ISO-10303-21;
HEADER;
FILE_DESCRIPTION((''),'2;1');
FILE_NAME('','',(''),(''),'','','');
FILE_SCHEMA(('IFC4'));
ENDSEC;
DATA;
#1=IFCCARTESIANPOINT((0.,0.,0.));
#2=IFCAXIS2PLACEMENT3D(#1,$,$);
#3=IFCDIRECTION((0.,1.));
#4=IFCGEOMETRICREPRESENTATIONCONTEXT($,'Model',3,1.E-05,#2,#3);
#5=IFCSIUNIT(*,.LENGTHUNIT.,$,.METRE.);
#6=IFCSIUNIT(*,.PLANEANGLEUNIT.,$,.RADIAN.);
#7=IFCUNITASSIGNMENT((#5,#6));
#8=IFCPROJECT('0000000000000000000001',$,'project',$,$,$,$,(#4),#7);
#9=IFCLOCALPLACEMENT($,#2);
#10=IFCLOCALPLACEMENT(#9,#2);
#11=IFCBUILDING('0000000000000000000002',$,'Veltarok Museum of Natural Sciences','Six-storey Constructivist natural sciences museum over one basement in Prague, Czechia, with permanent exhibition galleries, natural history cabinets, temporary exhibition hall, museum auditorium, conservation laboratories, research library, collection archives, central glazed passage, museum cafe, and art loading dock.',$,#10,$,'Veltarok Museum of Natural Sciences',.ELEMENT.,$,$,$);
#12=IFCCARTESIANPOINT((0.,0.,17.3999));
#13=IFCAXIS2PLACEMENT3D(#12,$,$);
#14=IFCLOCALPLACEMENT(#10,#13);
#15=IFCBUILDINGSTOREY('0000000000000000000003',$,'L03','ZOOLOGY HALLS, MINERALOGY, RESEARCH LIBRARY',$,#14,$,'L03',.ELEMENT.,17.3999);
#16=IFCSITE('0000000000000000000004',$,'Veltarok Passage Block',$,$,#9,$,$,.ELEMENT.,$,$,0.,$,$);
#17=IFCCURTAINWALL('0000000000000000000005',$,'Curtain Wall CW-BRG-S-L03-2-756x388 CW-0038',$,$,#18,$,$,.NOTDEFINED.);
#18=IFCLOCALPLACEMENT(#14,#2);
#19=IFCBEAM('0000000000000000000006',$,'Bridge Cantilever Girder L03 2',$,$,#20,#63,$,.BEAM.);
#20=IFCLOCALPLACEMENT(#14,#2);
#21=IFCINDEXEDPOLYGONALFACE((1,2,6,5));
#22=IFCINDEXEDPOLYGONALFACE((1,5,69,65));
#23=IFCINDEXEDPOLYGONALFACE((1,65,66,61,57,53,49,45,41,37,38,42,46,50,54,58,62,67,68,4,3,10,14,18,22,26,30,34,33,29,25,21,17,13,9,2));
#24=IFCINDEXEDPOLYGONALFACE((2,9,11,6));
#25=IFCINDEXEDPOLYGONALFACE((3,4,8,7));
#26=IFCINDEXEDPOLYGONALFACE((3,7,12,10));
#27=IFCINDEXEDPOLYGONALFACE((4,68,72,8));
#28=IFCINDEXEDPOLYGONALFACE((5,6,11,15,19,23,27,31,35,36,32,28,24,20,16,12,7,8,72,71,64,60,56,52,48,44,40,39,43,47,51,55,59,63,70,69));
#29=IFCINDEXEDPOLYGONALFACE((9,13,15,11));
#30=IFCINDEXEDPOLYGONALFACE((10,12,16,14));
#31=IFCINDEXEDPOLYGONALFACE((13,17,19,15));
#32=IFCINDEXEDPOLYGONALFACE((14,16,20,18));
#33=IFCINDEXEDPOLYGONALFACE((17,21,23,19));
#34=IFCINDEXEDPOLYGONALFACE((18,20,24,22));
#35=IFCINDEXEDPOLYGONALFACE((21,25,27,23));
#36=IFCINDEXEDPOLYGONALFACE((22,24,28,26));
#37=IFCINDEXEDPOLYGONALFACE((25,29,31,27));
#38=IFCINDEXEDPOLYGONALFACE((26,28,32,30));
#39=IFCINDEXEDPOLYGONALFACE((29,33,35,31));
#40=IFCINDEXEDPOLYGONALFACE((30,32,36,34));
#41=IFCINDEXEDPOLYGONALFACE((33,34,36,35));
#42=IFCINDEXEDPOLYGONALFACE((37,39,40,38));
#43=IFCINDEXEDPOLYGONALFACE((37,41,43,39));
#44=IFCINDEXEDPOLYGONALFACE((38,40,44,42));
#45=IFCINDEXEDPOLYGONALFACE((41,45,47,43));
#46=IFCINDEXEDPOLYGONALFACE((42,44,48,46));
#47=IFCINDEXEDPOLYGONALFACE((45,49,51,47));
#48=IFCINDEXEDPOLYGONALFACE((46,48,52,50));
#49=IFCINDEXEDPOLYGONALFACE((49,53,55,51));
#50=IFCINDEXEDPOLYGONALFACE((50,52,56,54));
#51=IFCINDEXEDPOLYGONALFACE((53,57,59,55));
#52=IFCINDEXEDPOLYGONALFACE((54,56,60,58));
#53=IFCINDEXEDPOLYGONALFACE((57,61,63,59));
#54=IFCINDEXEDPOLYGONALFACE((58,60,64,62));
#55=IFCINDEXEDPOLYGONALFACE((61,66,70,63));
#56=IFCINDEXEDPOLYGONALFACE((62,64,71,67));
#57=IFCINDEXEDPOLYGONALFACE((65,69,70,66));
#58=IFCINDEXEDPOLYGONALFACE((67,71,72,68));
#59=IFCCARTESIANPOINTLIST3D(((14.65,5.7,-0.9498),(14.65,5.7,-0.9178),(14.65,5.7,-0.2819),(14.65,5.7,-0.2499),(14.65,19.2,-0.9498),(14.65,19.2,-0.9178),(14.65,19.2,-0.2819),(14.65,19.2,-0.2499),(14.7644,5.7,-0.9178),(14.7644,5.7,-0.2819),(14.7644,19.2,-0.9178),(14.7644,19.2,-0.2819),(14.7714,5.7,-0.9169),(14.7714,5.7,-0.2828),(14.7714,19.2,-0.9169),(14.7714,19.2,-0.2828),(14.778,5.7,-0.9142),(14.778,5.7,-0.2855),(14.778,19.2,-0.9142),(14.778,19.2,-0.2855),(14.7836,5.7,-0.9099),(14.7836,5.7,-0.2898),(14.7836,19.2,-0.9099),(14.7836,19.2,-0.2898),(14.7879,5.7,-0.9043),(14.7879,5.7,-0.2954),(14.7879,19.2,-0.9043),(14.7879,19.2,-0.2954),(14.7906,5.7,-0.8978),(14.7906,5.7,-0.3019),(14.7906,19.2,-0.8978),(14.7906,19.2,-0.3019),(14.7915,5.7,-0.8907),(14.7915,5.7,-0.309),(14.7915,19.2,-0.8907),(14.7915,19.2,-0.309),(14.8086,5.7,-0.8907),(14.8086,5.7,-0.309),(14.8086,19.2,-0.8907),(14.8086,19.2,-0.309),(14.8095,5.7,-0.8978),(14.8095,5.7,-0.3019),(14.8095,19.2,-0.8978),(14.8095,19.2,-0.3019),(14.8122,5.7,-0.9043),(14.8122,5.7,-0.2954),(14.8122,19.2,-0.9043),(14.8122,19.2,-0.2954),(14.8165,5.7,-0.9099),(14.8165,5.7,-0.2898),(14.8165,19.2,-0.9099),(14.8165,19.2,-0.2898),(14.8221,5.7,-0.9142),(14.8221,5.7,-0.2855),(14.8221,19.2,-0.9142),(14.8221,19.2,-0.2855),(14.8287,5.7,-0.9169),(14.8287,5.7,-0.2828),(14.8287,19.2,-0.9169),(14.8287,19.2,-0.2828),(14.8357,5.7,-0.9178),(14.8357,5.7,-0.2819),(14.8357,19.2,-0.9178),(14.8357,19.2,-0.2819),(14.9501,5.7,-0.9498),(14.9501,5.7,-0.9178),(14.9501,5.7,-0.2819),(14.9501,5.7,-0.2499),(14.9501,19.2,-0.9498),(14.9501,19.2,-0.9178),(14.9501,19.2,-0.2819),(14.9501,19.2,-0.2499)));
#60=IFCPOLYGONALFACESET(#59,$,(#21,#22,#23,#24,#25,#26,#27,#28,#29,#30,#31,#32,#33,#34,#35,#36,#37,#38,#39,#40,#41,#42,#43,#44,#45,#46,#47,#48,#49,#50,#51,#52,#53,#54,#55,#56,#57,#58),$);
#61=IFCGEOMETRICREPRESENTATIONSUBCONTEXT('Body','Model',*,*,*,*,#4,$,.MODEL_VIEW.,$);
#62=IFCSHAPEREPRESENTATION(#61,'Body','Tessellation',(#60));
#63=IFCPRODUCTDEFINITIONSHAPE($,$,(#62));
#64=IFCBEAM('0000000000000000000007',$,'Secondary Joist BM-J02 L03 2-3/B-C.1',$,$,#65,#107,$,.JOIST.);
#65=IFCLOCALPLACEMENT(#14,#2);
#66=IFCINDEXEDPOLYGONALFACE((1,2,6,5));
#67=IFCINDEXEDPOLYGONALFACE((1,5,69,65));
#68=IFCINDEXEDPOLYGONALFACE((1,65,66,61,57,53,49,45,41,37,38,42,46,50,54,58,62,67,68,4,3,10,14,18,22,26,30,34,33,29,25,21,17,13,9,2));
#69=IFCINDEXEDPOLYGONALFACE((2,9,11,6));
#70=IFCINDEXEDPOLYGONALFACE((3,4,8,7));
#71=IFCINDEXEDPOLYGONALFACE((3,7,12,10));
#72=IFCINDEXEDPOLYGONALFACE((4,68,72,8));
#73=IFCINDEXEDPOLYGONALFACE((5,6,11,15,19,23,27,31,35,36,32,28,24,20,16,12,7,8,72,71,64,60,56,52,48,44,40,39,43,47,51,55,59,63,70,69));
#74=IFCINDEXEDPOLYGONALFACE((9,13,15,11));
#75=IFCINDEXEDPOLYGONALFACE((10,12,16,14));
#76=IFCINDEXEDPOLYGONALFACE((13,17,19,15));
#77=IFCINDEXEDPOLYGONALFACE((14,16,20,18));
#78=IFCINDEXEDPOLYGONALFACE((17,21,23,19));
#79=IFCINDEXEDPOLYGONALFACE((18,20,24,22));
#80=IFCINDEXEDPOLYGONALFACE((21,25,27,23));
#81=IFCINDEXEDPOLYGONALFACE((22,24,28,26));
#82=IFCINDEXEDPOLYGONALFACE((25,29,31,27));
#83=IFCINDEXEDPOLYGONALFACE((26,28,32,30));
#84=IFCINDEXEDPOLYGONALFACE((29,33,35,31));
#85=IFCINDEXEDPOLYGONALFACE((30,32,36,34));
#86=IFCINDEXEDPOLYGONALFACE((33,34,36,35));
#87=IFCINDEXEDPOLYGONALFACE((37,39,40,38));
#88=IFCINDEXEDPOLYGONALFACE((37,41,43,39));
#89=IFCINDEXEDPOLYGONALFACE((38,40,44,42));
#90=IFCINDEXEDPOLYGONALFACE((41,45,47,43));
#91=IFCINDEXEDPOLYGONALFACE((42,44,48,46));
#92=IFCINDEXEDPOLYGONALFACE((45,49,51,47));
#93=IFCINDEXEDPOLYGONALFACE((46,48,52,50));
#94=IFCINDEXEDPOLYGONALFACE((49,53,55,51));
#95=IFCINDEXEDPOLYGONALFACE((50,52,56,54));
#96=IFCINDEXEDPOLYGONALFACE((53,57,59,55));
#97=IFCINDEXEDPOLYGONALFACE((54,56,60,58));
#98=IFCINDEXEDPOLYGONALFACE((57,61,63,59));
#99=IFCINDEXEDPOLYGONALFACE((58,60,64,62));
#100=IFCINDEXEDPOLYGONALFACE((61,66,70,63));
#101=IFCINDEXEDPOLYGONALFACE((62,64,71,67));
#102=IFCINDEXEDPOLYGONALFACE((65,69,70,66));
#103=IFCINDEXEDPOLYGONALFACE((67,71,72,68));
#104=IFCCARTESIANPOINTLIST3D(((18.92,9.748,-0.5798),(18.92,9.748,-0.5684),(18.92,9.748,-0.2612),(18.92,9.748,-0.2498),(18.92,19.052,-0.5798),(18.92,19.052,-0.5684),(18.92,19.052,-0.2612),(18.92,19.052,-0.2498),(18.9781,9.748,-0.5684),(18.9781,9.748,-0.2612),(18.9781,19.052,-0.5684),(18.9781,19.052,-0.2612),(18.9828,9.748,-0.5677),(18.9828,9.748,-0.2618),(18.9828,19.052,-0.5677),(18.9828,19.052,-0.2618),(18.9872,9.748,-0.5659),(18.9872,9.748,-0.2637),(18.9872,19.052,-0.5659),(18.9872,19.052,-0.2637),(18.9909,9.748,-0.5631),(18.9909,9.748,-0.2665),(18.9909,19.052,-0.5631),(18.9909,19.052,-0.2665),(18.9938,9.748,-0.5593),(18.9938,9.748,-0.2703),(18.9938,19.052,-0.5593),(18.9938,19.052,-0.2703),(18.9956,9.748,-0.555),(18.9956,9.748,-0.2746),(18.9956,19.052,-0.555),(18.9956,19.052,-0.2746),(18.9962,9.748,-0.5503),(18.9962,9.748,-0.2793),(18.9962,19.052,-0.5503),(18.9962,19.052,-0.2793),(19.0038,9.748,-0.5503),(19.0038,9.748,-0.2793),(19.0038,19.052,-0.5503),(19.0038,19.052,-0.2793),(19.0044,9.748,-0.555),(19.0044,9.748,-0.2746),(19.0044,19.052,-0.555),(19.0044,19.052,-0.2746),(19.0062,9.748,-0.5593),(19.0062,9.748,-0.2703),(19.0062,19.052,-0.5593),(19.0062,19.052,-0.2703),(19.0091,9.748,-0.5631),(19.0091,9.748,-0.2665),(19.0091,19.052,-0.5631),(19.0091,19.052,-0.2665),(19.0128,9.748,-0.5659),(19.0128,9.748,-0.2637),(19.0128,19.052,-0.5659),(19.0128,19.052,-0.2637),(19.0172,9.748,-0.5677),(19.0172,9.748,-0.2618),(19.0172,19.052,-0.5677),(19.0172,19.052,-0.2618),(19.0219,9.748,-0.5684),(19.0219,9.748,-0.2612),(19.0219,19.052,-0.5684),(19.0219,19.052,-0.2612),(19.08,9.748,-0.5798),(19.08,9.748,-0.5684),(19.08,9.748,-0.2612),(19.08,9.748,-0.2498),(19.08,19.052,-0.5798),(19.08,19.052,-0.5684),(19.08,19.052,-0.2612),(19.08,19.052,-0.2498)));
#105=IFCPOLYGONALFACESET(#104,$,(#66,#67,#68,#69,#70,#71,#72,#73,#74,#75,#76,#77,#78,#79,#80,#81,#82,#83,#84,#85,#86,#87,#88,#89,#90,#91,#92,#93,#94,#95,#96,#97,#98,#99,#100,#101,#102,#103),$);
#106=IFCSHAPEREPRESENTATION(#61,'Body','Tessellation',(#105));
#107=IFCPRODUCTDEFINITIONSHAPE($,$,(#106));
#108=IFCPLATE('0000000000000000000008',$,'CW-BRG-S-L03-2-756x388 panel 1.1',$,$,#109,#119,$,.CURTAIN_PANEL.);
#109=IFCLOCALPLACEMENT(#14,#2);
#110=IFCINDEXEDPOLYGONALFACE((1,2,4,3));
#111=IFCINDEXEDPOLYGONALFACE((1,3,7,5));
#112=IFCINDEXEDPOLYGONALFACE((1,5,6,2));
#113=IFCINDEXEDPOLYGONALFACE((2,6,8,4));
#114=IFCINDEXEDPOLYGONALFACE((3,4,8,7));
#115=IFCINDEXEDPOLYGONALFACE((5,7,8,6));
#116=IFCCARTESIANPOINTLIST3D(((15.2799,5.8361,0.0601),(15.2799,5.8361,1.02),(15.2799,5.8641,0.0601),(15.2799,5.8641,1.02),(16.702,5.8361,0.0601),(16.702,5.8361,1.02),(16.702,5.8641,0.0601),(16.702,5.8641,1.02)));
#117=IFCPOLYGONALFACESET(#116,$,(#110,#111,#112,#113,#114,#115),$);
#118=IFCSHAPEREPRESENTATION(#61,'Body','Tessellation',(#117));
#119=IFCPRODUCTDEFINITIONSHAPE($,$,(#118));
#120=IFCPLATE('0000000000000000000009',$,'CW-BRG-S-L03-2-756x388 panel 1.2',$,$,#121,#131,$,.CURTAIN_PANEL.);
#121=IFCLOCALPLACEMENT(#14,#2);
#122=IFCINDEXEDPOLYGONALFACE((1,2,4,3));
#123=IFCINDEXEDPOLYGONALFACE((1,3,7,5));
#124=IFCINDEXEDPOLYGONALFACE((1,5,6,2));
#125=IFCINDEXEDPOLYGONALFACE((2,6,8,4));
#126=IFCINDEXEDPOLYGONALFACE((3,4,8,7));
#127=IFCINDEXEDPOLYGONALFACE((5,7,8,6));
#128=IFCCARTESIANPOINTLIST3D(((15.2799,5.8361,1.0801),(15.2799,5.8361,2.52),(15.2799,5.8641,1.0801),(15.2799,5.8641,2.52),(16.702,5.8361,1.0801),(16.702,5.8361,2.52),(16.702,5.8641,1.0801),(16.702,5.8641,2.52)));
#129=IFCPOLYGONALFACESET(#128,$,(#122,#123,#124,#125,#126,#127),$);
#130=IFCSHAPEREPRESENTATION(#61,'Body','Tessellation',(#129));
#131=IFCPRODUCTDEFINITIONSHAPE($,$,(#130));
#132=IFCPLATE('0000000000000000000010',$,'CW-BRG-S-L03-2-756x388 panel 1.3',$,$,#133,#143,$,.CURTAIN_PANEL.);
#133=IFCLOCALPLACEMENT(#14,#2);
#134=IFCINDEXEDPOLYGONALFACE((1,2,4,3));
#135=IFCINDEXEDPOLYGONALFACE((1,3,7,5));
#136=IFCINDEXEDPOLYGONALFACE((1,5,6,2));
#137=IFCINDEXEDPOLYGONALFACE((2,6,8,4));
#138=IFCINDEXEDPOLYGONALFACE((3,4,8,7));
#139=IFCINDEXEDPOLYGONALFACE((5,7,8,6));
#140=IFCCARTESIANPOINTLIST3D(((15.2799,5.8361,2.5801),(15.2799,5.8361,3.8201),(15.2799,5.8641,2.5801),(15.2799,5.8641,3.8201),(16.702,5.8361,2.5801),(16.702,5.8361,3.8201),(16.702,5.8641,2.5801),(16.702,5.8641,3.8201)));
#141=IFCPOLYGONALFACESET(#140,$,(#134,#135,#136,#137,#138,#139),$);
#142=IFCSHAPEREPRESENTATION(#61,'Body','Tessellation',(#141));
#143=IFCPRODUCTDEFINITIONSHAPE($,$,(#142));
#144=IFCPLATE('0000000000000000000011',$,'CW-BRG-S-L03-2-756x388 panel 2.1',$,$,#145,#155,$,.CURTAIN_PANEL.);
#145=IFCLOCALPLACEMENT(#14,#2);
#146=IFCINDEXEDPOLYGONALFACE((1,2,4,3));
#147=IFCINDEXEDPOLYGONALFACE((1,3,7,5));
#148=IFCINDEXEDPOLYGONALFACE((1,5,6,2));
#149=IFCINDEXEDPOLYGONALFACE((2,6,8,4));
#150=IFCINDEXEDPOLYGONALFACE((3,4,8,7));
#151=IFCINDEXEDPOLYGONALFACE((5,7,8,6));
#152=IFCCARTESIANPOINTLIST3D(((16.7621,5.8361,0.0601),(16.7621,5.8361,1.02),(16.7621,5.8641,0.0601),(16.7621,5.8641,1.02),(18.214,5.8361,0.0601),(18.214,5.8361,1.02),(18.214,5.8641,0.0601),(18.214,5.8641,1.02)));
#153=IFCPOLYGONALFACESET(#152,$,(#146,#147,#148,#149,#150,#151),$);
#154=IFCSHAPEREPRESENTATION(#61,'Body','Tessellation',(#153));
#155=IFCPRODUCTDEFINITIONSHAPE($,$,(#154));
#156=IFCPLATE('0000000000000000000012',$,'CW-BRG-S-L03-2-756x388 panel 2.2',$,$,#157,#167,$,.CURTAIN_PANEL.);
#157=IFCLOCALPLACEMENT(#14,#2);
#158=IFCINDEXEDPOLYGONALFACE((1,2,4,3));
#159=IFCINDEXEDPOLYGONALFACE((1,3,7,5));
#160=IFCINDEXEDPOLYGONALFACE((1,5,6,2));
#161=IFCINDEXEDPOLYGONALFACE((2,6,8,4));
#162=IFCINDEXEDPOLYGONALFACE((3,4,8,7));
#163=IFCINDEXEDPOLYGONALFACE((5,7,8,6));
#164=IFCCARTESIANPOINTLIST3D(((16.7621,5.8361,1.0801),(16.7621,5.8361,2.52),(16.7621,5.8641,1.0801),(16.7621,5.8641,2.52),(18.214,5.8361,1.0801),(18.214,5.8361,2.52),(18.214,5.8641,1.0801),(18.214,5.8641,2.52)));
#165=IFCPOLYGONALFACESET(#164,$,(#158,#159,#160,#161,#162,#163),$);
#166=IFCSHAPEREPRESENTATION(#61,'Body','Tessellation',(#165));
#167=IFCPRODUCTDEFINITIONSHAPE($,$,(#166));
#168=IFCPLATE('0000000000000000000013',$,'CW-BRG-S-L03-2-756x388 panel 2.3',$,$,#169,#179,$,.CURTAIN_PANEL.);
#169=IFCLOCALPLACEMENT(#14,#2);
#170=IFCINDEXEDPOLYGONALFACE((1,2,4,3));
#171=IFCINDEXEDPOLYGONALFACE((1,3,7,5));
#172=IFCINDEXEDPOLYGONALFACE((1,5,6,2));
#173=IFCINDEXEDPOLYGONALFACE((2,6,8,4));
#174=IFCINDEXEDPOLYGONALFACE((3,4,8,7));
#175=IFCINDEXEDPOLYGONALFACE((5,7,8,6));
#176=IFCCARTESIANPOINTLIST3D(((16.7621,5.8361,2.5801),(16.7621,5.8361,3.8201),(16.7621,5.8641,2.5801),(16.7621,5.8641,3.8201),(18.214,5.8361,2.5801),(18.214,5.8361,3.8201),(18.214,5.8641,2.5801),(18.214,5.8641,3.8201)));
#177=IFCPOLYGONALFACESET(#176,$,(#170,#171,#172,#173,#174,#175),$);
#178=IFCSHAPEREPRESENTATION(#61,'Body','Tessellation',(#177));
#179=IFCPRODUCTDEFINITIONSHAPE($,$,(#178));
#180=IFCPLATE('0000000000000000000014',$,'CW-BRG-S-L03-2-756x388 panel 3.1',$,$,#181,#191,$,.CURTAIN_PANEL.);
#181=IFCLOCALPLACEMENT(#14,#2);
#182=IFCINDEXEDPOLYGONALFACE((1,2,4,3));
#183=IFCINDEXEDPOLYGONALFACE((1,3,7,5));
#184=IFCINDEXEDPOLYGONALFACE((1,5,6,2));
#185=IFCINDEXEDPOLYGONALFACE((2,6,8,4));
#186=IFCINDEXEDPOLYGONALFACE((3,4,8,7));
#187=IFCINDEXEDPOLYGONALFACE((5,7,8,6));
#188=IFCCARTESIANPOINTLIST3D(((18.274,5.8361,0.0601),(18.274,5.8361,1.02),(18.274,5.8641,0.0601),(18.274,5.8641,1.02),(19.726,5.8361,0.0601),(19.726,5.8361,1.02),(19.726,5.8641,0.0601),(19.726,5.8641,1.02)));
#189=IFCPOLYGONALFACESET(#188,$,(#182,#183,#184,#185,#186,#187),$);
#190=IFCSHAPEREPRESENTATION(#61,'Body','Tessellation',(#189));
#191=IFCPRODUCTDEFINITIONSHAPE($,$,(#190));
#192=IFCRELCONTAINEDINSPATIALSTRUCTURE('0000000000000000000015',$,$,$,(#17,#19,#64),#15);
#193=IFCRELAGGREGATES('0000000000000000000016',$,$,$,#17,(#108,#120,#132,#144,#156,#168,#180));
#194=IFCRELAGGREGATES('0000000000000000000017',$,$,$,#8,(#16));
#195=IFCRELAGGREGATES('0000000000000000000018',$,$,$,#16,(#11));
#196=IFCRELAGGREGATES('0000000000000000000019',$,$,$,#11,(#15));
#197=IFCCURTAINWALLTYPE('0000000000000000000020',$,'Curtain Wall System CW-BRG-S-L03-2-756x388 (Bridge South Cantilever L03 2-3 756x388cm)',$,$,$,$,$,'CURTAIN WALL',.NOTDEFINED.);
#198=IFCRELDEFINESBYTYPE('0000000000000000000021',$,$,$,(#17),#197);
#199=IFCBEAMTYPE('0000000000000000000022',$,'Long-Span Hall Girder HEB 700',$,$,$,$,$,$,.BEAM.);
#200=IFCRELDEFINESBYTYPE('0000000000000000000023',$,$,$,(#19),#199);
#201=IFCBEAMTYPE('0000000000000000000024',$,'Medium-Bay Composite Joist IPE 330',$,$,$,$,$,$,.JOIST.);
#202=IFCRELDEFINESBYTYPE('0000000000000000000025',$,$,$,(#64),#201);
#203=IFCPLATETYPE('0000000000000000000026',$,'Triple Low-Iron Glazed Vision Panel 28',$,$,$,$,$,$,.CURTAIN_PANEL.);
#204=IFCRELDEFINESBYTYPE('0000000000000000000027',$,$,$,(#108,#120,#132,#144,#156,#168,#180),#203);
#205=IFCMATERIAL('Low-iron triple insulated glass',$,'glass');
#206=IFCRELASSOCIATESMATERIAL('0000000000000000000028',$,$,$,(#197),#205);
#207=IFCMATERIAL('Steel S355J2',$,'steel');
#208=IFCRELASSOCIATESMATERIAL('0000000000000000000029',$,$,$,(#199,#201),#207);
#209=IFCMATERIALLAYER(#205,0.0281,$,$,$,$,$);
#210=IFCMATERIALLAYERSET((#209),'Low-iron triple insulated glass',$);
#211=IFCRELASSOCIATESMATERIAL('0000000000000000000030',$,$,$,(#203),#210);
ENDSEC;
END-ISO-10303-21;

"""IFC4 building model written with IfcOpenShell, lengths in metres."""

from ifc_helpers import new_model, si_unit, direction, frame, origin, origin_2d, place, context, subcontext, project, spatial, rectangle, i_section, extrude, material, layer, layer_set, material_profile, profile_set, type_object, element, aggregate, save


model = new_model("IFC4")

# Units and contexts
model_context = context("Model", 3, precision=1e-05, world=origin(), true_north=direction((0.0, 1.0)))
body_context = subcontext(model_context, "Body", "Model", "MODEL_VIEW")
ifc_project = project(units=[si_unit("LENGTHUNIT", "METRE"), si_unit("PLANEANGLEUNIT", "RADIAN")], contexts=[model_context])

# Site, building, storey
site_placement = place(None, origin())
site = spatial("IfcSite", under=ifc_project, at=site_placement, Name="Veltarok Passage Block", CompositionType="ELEMENT", RefElevation=0.0)
building_placement = place(site_placement, origin())
building = spatial("IfcBuilding", under=site, at=building_placement, Name="Veltarok Museum of Natural Sciences", Description="Six-storey Constructivist natural sciences museum over one basement in Prague, Czechia, with permanent exhibition galleries, natural history cabinets, temporary exhibition hall, museum auditorium, conservation laboratories, research library, collection archives, central glazed passage, museum cafe, and art loading dock.", LongName="Veltarok Museum of Natural Sciences", CompositionType="ELEMENT")
storey_placement = place(building_placement, frame((0.0, 0.0, 17.3999)))
storey = spatial("IfcBuildingStorey", under=building, at=storey_placement, Name="L03", Description="ZOOLOGY HALLS, MINERALOGY, RESEARCH LIBRARY", LongName="L03", CompositionType="ELEMENT", Elevation=17.3999)

# Shared definitions
ifc_material_1 = material(Name="Steel S355J2", Category="steel")

# Curtain wall
ifc_material_2 = material(Name="Low-iron triple insulated glass", Category="glass")
curtain_wall_type_1 = type_object("IfcCurtainWallType", Name="Curtain Wall System CW-BRG-S-L03-2-756x388 (Bridge South Cantilever L03 2-3 756x388cm)", ElementType="CURTAIN WALL", PredefinedType="NOTDEFINED", material=ifc_material_2)
curtain_wall_1_placement = place(storey_placement, origin())
curtain_wall_1 = element("IfcCurtainWall", 1, at=curtain_wall_1_placement, inside=storey, type_object=curtain_wall_type_1, Name="Curtain Wall CW-BRG-S-L03-2-756x388 CW-0038", PredefinedType="NOTDEFINED")

# Beams
ifc_material_profile_1 = material_profile(ifc_material_1, i_section(OverallWidth=0.3, OverallDepth=0.7, WebThickness=0.0171, FlangeThickness=0.032, FilletRadius=0.0271, at=origin_2d()), Name="HEB 700")
ifc_profile_set_1 = profile_set([ifc_material_profile_1], Name="Steel S355J2")
beam_type_1 = type_object("IfcBeamType", Name="Long-Span Hall Girder HEB 700", PredefinedType="BEAM", material=ifc_profile_set_1)
beam_1_placement = place(storey_placement, frame((14.8, 5.7, -0.5999), z_axis=(0.0, 1.0, 0.0), x_axis=(-1.0, 0.0, 0.0)))
element("IfcBeam", 2, at=beam_1_placement, inside=storey, type_object=beam_type_1, Name="Bridge Cantilever Girder L03 2", PredefinedType="BEAM", context=body_context, shape_type="SweptSolid", body=[
    extrude(i_section(OverallWidth=0.3, OverallDepth=0.7, WebThickness=0.0171, FlangeThickness=0.032, FilletRadius=0.0271, at=origin_2d()), origin(), (0.0, 0.0, 1.0), 13.5),
])
ifc_material_profile_2 = material_profile(ifc_material_1, i_section(OverallWidth=0.1599, OverallDepth=0.3301, WebThickness=0.0076, FlangeThickness=0.0115, FilletRadius=0.0181, at=origin_2d()), Name="IPE 330")
ifc_profile_set_2 = profile_set([ifc_material_profile_2], Name="Steel S355J2")
beam_type_2 = type_object("IfcBeamType", Name="Medium-Bay Composite Joist IPE 330", PredefinedType="JOIST", material=ifc_profile_set_2)
beam_2_placement = place(storey_placement, frame((19.0, 9.748, -0.4148), z_axis=(0.0, 1.0, 0.0), x_axis=(-1.0, 0.0, 0.0)))
element("IfcBeam", 3, at=beam_2_placement, inside=storey, type_object=beam_type_2, Name="Secondary Joist BM-J02 L03 2-3/B-C.1", PredefinedType="JOIST", context=body_context, shape_type="SweptSolid", body=[
    extrude(i_section(OverallWidth=0.1599, OverallDepth=0.3301, WebThickness=0.0076, FlangeThickness=0.0115, FilletRadius=0.0181, at=origin_2d()), origin(), (0.0, 0.0, 1.0), 9.304),
])

# Plates
ifc_layer = layer(ifc_material_2, 0.0281)
ifc_layer_set = layer_set([ifc_layer], Name="Low-iron triple insulated glass")
plate_type = type_object("IfcPlateType", Name="Triple Low-Iron Glazed Vision Panel 28", PredefinedType="CURTAIN_PANEL", material=ifc_layer_set)
plate_1_placement = place(storey_placement, frame((15.991, 5.8501, 0.0601), z_axis=(0.0, 0.0, 1.0), x_axis=(1.0, 0.0, 0.0)))
plate_1 = element("IfcPlate", 4, at=plate_1_placement, type_object=plate_type, Name="CW-BRG-S-L03-2-756x388 panel 1.1", PredefinedType="CURTAIN_PANEL", context=body_context, shape_type="SweptSolid", body=[
    extrude(rectangle(XDim=1.4221, YDim=0.0281, at=origin_2d()), origin(), (0.0, 0.0, 1.0), 0.96),
])
plate_2_placement = place(storey_placement, frame((15.991, 5.8501, 1.0801), z_axis=(0.0, 0.0, 1.0), x_axis=(1.0, 0.0, 0.0)))
plate_2 = element("IfcPlate", 5, at=plate_2_placement, type_object=plate_type, Name="CW-BRG-S-L03-2-756x388 panel 1.2", PredefinedType="CURTAIN_PANEL", context=body_context, shape_type="SweptSolid", body=[
    extrude(rectangle(XDim=1.4221, YDim=0.0281, at=origin_2d()), origin(), (0.0, 0.0, 1.0), 1.4399),
])
plate_3_placement = place(storey_placement, frame((15.991, 5.8501, 2.5801), z_axis=(0.0, 0.0, 1.0), x_axis=(1.0, 0.0, 0.0)))
plate_3 = element("IfcPlate", 6, at=plate_3_placement, type_object=plate_type, Name="CW-BRG-S-L03-2-756x388 panel 1.3", PredefinedType="CURTAIN_PANEL", context=body_context, shape_type="SweptSolid", body=[
    extrude(rectangle(XDim=1.4221, YDim=0.0281, at=origin_2d()), origin(), (0.0, 0.0, 1.0), 1.24),
])
plate_4_placement = place(storey_placement, frame((17.488, 5.8501, 0.0601), z_axis=(0.0, 0.0, 1.0), x_axis=(1.0, 0.0, 0.0)))
plate_4 = element("IfcPlate", 7, at=plate_4_placement, type_object=plate_type, Name="CW-BRG-S-L03-2-756x388 panel 2.1", PredefinedType="CURTAIN_PANEL", context=body_context, shape_type="SweptSolid", body=[
    extrude(rectangle(XDim=1.4519, YDim=0.0281, at=origin_2d()), origin(), (0.0, 0.0, 1.0), 0.96),
])
plate_5_placement = place(storey_placement, frame((17.488, 5.8501, 1.0801), z_axis=(0.0, 0.0, 1.0), x_axis=(1.0, 0.0, 0.0)))
plate_5 = element("IfcPlate", 8, at=plate_5_placement, type_object=plate_type, Name="CW-BRG-S-L03-2-756x388 panel 2.2", PredefinedType="CURTAIN_PANEL", context=body_context, shape_type="SweptSolid", body=[
    extrude(rectangle(XDim=1.4519, YDim=0.0281, at=origin_2d()), origin(), (0.0, 0.0, 1.0), 1.4399),
])
plate_6_placement = place(storey_placement, frame((17.488, 5.8501, 2.5801), z_axis=(0.0, 0.0, 1.0), x_axis=(1.0, 0.0, 0.0)))
plate_6 = element("IfcPlate", 9, at=plate_6_placement, type_object=plate_type, Name="CW-BRG-S-L03-2-756x388 panel 2.3", PredefinedType="CURTAIN_PANEL", context=body_context, shape_type="SweptSolid", body=[
    extrude(rectangle(XDim=1.4519, YDim=0.0281, at=origin_2d()), origin(), (0.0, 0.0, 1.0), 1.24),
])
plate_7_placement = place(storey_placement, frame((19.0, 5.8501, 0.0601), z_axis=(0.0, 0.0, 1.0), x_axis=(1.0, 0.0, 0.0)))
plate_7 = element("IfcPlate", 10, at=plate_7_placement, type_object=plate_type, Name="CW-BRG-S-L03-2-756x388 panel 3.1", PredefinedType="CURTAIN_PANEL", context=body_context, shape_type="SweptSolid", body=[
    extrude(rectangle(XDim=1.4519, YDim=0.0281, at=origin_2d()), origin(), (0.0, 0.0, 1.0), 0.96),
])
aggregate(curtain_wall_1, [plate_1, plate_2, plate_3, plate_4, plate_5, plate_6, plate_7])

save(model, "model.ifc")
